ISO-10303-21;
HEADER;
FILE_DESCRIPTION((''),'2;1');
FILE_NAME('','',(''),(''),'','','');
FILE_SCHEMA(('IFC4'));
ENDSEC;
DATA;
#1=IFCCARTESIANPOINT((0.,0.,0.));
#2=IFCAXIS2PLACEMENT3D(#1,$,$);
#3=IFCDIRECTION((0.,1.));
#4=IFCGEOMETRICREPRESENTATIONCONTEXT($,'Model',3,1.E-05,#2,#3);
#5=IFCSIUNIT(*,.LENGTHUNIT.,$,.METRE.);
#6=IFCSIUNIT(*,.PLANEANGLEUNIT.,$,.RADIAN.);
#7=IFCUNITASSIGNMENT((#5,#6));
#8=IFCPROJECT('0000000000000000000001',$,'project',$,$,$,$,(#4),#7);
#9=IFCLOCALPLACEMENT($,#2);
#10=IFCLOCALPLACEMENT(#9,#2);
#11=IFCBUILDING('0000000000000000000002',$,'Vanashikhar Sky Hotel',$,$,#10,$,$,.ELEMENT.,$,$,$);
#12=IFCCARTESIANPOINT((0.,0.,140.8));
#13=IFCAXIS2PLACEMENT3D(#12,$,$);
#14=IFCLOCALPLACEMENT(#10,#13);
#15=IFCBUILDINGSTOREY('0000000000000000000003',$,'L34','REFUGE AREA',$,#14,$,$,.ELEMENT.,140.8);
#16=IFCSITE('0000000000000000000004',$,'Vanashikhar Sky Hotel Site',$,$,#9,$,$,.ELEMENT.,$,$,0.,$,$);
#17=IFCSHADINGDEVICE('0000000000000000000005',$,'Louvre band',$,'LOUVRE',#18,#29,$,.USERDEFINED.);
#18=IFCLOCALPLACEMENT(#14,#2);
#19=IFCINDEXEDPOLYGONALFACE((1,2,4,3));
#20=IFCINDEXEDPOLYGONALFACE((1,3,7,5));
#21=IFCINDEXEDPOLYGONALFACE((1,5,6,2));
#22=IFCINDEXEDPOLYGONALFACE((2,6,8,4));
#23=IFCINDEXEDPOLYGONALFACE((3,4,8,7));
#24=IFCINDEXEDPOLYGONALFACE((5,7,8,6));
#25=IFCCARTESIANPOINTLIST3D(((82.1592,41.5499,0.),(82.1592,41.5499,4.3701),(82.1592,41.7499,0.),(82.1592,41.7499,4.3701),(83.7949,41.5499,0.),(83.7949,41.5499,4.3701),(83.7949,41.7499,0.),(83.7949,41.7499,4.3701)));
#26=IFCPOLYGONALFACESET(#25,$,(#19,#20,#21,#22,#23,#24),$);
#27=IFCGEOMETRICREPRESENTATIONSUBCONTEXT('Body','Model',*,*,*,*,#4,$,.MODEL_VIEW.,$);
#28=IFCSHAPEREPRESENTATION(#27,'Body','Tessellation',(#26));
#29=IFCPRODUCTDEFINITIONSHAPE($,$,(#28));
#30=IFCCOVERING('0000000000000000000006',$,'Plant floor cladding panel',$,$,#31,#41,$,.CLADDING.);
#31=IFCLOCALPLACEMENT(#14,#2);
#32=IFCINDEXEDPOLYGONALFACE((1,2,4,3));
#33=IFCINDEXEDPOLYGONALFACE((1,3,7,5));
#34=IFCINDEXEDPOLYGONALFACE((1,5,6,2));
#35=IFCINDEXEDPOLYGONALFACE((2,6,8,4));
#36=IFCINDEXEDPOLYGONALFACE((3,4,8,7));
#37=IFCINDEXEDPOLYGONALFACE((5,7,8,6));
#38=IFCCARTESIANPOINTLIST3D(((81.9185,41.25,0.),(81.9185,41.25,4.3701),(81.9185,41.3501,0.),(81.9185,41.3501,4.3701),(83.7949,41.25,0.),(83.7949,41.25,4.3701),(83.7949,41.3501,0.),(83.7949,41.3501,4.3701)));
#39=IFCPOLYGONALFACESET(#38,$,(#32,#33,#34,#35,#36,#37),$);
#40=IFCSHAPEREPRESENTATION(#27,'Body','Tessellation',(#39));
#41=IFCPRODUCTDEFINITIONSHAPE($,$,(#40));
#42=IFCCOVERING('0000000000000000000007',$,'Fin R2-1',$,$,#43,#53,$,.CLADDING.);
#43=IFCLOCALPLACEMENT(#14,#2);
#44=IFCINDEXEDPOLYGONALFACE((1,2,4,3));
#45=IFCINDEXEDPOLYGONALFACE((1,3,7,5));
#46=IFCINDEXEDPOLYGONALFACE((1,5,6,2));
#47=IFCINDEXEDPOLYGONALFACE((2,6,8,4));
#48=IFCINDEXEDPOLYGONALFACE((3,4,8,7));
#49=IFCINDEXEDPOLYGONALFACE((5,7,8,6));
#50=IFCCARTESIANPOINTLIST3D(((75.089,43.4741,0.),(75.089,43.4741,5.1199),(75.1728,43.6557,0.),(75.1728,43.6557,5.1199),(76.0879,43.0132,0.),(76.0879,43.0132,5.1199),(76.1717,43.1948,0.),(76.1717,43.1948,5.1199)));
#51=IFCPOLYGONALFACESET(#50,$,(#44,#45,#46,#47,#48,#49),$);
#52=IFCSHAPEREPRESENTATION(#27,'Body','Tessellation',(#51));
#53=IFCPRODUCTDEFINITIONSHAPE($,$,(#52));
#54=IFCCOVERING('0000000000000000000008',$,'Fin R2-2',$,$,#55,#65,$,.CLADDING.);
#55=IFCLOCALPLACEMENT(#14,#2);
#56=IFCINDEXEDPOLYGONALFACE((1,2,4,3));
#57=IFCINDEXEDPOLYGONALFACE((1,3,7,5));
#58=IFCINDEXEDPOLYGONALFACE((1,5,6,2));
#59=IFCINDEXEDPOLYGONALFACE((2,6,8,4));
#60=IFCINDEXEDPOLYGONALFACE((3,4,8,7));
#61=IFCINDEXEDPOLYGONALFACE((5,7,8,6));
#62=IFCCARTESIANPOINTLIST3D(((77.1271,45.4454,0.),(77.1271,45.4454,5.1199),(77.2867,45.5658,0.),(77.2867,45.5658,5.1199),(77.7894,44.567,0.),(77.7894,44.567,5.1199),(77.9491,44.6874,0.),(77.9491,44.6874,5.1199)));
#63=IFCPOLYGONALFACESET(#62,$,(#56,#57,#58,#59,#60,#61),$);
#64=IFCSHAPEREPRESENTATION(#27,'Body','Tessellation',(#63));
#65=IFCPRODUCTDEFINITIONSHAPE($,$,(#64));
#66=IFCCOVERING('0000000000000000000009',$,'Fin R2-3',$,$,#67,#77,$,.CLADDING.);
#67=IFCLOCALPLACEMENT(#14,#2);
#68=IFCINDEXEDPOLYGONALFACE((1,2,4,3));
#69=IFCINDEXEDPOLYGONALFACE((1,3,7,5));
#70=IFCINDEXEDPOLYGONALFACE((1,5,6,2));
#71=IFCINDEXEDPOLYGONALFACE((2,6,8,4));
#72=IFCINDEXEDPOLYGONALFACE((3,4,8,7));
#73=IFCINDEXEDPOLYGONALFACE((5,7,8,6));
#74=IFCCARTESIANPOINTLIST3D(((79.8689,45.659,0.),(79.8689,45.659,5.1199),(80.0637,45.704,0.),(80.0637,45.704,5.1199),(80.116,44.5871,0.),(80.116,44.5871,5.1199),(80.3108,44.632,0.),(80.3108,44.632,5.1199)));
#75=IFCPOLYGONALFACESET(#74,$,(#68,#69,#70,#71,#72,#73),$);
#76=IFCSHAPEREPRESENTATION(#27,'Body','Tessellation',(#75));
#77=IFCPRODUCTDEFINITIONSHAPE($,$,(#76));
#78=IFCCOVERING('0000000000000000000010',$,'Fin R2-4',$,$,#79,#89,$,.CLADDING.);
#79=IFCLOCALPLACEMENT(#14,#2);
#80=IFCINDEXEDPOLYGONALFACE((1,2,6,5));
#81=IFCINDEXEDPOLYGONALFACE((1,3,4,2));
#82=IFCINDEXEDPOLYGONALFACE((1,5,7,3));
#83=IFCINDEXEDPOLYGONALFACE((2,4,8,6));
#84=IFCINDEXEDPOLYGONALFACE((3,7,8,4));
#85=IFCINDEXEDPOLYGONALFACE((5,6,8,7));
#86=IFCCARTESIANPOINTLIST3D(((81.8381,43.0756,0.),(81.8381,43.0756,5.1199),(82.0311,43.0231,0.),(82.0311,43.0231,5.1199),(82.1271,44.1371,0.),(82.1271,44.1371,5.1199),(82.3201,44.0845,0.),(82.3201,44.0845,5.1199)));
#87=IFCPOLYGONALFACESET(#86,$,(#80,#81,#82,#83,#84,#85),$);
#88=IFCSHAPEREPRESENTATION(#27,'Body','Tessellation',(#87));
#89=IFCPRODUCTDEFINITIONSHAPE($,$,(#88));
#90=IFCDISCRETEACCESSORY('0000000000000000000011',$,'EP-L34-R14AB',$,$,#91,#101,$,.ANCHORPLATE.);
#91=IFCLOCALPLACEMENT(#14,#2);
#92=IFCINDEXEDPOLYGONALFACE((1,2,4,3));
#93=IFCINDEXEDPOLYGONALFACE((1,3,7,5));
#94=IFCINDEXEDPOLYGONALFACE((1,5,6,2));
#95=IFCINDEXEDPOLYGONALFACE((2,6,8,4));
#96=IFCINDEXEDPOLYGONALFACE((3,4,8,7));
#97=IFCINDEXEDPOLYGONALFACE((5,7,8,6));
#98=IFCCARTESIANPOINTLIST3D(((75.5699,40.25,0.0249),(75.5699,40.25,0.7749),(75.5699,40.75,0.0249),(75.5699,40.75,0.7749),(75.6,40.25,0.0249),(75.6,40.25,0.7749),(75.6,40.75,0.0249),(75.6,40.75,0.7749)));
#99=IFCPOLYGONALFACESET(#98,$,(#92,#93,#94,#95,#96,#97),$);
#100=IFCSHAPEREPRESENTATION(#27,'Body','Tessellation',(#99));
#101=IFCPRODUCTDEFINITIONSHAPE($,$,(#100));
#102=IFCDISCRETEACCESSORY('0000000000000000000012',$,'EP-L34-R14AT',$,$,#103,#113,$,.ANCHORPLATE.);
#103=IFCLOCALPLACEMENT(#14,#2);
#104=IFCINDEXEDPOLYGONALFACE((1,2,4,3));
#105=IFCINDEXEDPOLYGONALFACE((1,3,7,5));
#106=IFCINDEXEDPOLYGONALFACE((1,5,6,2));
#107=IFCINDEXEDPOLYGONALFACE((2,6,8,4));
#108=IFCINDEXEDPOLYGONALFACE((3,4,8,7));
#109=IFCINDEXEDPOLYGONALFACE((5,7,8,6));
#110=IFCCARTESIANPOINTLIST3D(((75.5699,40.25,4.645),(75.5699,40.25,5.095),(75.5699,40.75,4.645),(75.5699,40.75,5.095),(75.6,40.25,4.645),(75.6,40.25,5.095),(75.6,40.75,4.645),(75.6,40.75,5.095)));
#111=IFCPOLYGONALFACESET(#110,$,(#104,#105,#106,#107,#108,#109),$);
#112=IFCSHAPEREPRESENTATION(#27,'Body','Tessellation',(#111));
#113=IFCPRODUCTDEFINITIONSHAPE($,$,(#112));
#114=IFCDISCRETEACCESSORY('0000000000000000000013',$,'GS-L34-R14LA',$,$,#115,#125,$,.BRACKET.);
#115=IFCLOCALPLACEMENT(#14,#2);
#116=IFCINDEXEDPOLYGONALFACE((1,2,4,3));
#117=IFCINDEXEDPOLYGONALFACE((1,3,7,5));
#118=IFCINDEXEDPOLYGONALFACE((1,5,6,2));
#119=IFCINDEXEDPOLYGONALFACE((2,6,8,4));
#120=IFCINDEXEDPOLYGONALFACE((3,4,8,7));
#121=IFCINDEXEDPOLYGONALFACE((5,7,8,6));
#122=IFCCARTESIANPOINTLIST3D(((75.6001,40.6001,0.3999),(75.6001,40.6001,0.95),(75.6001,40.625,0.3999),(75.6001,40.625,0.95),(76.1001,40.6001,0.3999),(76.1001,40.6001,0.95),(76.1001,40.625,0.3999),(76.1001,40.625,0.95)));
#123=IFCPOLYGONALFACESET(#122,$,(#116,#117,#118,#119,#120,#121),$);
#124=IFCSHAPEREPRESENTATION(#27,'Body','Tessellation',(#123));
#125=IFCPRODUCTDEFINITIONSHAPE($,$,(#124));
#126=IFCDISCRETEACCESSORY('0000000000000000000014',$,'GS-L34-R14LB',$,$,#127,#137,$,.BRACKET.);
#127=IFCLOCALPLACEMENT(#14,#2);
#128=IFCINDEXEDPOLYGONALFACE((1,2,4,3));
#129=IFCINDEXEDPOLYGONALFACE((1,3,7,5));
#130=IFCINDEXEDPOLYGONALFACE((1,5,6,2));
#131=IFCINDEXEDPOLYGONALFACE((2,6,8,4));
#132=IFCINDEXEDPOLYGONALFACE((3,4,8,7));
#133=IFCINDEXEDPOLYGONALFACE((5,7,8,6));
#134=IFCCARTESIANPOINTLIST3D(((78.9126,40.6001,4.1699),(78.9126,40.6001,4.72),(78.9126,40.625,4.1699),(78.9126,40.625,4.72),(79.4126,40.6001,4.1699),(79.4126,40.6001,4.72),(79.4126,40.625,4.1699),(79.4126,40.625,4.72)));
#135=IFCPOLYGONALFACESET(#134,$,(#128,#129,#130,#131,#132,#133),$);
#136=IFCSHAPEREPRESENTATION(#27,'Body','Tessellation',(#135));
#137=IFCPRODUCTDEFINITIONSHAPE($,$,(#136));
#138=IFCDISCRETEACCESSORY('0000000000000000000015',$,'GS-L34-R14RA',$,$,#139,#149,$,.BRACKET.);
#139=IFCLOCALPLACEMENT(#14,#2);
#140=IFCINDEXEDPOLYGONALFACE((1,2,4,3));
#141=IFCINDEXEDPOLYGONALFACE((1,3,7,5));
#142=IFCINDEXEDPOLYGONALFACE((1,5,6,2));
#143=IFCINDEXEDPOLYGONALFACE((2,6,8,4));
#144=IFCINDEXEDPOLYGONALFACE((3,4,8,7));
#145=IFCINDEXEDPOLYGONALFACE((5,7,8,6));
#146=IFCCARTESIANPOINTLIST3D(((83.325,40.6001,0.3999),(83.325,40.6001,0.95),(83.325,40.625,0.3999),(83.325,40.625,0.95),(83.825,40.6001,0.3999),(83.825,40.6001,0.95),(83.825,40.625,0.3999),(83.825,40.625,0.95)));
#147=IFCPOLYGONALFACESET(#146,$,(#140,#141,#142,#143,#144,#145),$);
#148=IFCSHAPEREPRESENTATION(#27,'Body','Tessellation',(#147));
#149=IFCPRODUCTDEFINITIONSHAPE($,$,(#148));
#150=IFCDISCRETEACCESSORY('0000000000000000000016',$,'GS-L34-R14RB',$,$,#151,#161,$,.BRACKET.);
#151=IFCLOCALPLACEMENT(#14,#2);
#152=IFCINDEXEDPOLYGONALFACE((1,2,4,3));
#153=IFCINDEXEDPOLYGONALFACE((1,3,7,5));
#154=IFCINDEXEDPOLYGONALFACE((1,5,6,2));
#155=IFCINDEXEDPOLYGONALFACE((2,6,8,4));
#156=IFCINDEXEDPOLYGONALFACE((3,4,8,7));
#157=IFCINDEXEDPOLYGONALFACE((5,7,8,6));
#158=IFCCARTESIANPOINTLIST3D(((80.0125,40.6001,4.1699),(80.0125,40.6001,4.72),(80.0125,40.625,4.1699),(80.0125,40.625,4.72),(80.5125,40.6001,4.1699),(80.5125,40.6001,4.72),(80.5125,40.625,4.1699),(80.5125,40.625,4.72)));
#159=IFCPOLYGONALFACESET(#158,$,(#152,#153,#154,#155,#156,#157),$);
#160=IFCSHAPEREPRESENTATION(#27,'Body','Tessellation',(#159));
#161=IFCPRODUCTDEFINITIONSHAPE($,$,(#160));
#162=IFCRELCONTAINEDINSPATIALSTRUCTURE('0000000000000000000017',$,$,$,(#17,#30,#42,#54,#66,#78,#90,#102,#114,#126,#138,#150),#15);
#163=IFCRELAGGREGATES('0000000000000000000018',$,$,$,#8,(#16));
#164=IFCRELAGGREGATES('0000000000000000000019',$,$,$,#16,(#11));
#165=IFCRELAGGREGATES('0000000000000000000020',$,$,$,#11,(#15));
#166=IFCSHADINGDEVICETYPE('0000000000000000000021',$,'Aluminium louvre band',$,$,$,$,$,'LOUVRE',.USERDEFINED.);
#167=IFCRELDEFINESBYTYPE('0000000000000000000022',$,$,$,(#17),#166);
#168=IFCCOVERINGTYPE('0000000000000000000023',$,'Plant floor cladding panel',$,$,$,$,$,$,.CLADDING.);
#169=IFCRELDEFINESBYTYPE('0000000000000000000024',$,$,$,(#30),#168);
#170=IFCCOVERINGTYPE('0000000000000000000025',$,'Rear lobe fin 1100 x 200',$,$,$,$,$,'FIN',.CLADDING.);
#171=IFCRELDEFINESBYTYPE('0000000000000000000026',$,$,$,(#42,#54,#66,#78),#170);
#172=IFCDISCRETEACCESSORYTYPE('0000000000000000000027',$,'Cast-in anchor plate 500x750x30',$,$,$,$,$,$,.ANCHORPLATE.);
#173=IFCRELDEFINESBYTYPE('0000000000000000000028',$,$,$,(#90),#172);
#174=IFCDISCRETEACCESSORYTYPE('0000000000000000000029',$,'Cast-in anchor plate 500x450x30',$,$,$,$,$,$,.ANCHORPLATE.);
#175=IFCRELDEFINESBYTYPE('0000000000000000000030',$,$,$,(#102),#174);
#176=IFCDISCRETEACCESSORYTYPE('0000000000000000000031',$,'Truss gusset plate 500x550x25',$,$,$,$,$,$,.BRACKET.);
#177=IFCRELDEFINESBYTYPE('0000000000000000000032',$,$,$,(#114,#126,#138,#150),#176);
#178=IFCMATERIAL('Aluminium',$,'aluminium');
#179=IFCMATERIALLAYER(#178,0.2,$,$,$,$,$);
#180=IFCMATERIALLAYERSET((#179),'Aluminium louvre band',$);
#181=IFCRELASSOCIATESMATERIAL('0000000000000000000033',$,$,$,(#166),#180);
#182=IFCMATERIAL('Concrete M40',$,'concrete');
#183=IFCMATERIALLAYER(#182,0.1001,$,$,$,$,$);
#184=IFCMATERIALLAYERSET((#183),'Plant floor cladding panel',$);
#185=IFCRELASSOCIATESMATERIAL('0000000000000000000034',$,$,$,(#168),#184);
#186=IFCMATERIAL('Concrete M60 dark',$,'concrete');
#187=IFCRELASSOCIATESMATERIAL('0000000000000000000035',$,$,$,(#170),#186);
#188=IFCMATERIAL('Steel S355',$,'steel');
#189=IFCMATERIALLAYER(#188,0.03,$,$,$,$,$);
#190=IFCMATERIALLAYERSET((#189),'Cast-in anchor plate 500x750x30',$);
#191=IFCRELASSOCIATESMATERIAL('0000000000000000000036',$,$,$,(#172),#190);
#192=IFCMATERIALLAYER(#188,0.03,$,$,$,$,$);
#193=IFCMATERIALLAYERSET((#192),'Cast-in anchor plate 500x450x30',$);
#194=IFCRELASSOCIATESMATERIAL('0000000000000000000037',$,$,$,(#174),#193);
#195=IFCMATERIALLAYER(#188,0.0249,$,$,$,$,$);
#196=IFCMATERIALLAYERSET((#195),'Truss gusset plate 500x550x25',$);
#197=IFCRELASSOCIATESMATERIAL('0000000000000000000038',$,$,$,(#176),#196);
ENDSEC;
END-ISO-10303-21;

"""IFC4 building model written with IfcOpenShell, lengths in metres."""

from ifc_helpers import new_model, si_unit, direction, frame, origin, origin_2d, place, context, subcontext, project, spatial, rectangle, extrude, source, transform, mapped, material, layer, layer_set, material_profile, profile_set, type_object, element, save


model = new_model("IFC4")

# Units and contexts
model_context = context("Model", 3, precision=1e-05, world=origin(), true_north=direction((0.0, 1.0)))
body_context = subcontext(model_context, "Body", "Model", "MODEL_VIEW")
ifc_project = project(units=[si_unit("LENGTHUNIT", "METRE"), si_unit("PLANEANGLEUNIT", "RADIAN")], contexts=[model_context])

# Site, building, storey
site_placement = place(None, origin())
site = spatial("IfcSite", under=ifc_project, at=site_placement, Name="Vanashikhar Sky Hotel Site", CompositionType="ELEMENT", RefElevation=0.0)
building_placement = place(site_placement, origin())
building = spatial("IfcBuilding", under=site, at=building_placement, Name="Vanashikhar Sky Hotel", CompositionType="ELEMENT")
storey_placement = place(building_placement, frame((0.0, 0.0, 140.8)))
storey = spatial("IfcBuildingStorey", under=building, at=storey_placement, Name="L34", Description="REFUGE AREA", CompositionType="ELEMENT", Elevation=140.8)

# Shared definitions
ifc_material_1 = material(Name="Steel S355", Category="steel")

# Shared definitions
ifc_material_2 = material(Name="Aluminium", Category="aluminium")
ifc_layer_1 = layer(ifc_material_2, 0.2)
ifc_layer_set_1 = layer_set([ifc_layer_1], Name="Aluminium louvre band")
shading_device_type = type_object("IfcShadingDeviceType", Name="Aluminium louvre band", ElementType="LOUVRE", PredefinedType="USERDEFINED", material=ifc_layer_set_1)

# Shared definitions
ifc_material_3 = material(Name="Concrete M40", Category="concrete")
ifc_layer_2 = layer(ifc_material_3, 0.1001)
ifc_layer_set_2 = layer_set([ifc_layer_2], Name="Plant floor cladding panel")
covering_type_1 = type_object("IfcCoveringType", Name="Plant floor cladding panel", PredefinedType="CLADDING", material=ifc_layer_set_2)

# Shading device
shared_shape_1 = source(origin(), body_context, "Body", "SweptSolid", [
    extrude(rectangle(XDim=1.6357, YDim=0.2, at=origin_2d()), origin(), (0.0, 0.0, 1.0), 4.3701),
])
shading_device_placement = place(storey_placement, frame((82.9771, 41.6499, 0.0), z_axis=(0.0, 0.0, 1.0), x_axis=(-1.0, 0.0, 0.0)))
element("IfcShadingDevice", 1, at=shading_device_placement, inside=storey, type_object=shading_device_type, Name="Louvre band", ObjectType="LOUVRE", PredefinedType="USERDEFINED", context=body_context, shape_type="MappedRepresentation", body=[
    mapped(shared_shape_1, transform((0.0, 0.0, 0.0), scale=1.0)),
])

# Coverings
shared_shape_2 = source(origin(), body_context, "Body", "SweptSolid", [
    extrude(rectangle(XDim=1.8765, YDim=0.1001, at=origin_2d()), origin(), (0.0, 0.0, 1.0), 4.3701),
])
covering_placement = place(storey_placement, frame((82.8567, 41.3, 0.0), z_axis=(0.0, 0.0, 1.0), x_axis=(-1.0, 0.0, 0.0)))
element("IfcCovering", 2, at=covering_placement, inside=storey, type_object=covering_type_1, Name="Plant floor cladding panel", PredefinedType="CLADDING", context=body_context, shape_type="MappedRepresentation", body=[
    mapped(shared_shape_2, transform((0.0, 0.0, 0.0), scale=1.0)),
])
ifc_material_4 = material(Name="Concrete M60 dark", Category="concrete")
ifc_material_profile_1 = material_profile(ifc_material_4, rectangle(XDim=1.1001, YDim=0.2, at=origin_2d()))
ifc_profile_set_1 = profile_set([ifc_material_profile_1], Name="Rear lobe fin 1100 x 200")
covering_type_2 = type_object("IfcCoveringType", Name="Rear lobe fin 1100 x 200", ElementType="FIN", PredefinedType="CLADDING", material=ifc_profile_set_1)
shared_shape_3 = source(origin(), body_context, "Body", "SweptSolid", [
    extrude(rectangle(XDim=1.1001, YDim=0.2, at=origin_2d()), origin(), (0.0, 0.0, 1.0), 5.1199),
])
for number, where, z_axis, x_axis, name in (
    (3, (75.6304, 43.3345, 0.0), (0.0, 0.0, 1.0), (-0.908004, 0.418961, 0.0), "Fin R2-1"),
    (4, (77.5381, 45.0664, 0.0), (0.0, 0.0, 1.0), (-0.602066, 0.798446, 0.0), "Fin R2-2"),
    (5, (80.0898, 45.1455, 0.0), (0.0, 0.0, 1.0), (-0.224645, 0.974441, 0.0), "Fin R2-3"),
    (6, (82.0791, 43.5801, 0.0), (0.0, 0.0, 1.0), (0.262711, 0.964874, 0.0), "Fin R2-4"),
):
    element("IfcCovering", number, at=place(storey_placement, frame(where, z_axis=z_axis, x_axis=x_axis)), inside=storey, type_object=covering_type_2, Name=name, PredefinedType="CLADDING", context=body_context, shape_type="MappedRepresentation", body=[
        mapped(shared_shape_3, transform((0.0, 0.0, 0.0), scale=1.0)),
    ])

# Discrete accessories
ifc_layer_3 = layer(ifc_material_1, 0.03)
ifc_layer_set_3 = layer_set([ifc_layer_3], Name="Cast-in anchor plate 500x750x30")
discrete_accessory_type_1 = type_object("IfcDiscreteAccessoryType", Name="Cast-in anchor plate 500x750x30", PredefinedType="ANCHORPLATE", material=ifc_layer_set_3)
shared_shape_4 = source(origin(), body_context, "Body", "SweptSolid", [
    extrude(rectangle(XDim=0.03, YDim=0.5, at=origin_2d()), origin(), (0.0, 0.0, 1.0), 0.75),
])
discrete_accessory_1_placement = place(storey_placement, frame((75.585, 40.5, 0.0249), z_axis=(0.0, 0.0, 1.0), x_axis=(1.0, 0.0, 0.0)))
element("IfcDiscreteAccessory", 7, at=discrete_accessory_1_placement, inside=storey, type_object=discrete_accessory_type_1, Name="EP-L34-R14AB", PredefinedType="ANCHORPLATE", context=body_context, shape_type="MappedRepresentation", body=[
    mapped(shared_shape_4, transform((0.0, 0.0, 0.0), scale=1.0)),
])
ifc_layer_4 = layer(ifc_material_1, 0.03)
ifc_layer_set_4 = layer_set([ifc_layer_4], Name="Cast-in anchor plate 500x450x30")
discrete_accessory_type_2 = type_object("IfcDiscreteAccessoryType", Name="Cast-in anchor plate 500x450x30", PredefinedType="ANCHORPLATE", material=ifc_layer_set_4)
shared_shape_5 = source(origin(), body_context, "Body", "SweptSolid", [
    extrude(rectangle(XDim=0.03, YDim=0.5, at=origin_2d()), origin(), (0.0, 0.0, 1.0), 0.45),
])
discrete_accessory_2_placement = place(storey_placement, frame((75.585, 40.5, 4.645), z_axis=(0.0, 0.0, 1.0), x_axis=(1.0, 0.0, 0.0)))
element("IfcDiscreteAccessory", 8, at=discrete_accessory_2_placement, inside=storey, type_object=discrete_accessory_type_2, Name="EP-L34-R14AT", PredefinedType="ANCHORPLATE", context=body_context, shape_type="MappedRepresentation", body=[
    mapped(shared_shape_5, transform((0.0, 0.0, 0.0), scale=1.0)),
])
ifc_layer_5 = layer(ifc_material_1, 0.0249)
ifc_layer_set_5 = layer_set([ifc_layer_5], Name="Truss gusset plate 500x550x25")
discrete_accessory_type_3 = type_object("IfcDiscreteAccessoryType", Name="Truss gusset plate 500x550x25", PredefinedType="BRACKET", material=ifc_layer_set_5)
shared_shape_6 = source(origin(), body_context, "Body", "SweptSolid", [
    extrude(rectangle(XDim=0.5, YDim=0.0249, at=origin_2d()), origin(), (0.0, 0.0, 1.0), 0.55),
])
for number, where, z_axis, x_axis, name in (
    (9, (75.8501, 40.6125, 0.3999), (0.0, 0.0, 1.0), (1.0, 0.0, 0.0), "GS-L34-R14LA"),
    (10, (79.1626, 40.6125, 4.1699), (0.0, 0.0, 1.0), (1.0, 0.0, 0.0), "GS-L34-R14LB"),
    (11, (83.575, 40.6125, 0.3999), (0.0, 0.0, 1.0), (1.0, 0.0, 0.0), "GS-L34-R14RA"),
    (12, (80.2625, 40.6125, 4.1699), (0.0, 0.0, 1.0), (1.0, 0.0, 0.0), "GS-L34-R14RB"),
):
    element("IfcDiscreteAccessory", number, at=place(storey_placement, frame(where, z_axis=z_axis, x_axis=x_axis)), inside=storey, type_object=discrete_accessory_type_3, Name=name, PredefinedType="BRACKET", context=body_context, shape_type="MappedRepresentation", body=[
        mapped(shared_shape_6, transform((0.0, 0.0, 0.0), scale=1.0)),
    ])

save(model, "model.ifc")
